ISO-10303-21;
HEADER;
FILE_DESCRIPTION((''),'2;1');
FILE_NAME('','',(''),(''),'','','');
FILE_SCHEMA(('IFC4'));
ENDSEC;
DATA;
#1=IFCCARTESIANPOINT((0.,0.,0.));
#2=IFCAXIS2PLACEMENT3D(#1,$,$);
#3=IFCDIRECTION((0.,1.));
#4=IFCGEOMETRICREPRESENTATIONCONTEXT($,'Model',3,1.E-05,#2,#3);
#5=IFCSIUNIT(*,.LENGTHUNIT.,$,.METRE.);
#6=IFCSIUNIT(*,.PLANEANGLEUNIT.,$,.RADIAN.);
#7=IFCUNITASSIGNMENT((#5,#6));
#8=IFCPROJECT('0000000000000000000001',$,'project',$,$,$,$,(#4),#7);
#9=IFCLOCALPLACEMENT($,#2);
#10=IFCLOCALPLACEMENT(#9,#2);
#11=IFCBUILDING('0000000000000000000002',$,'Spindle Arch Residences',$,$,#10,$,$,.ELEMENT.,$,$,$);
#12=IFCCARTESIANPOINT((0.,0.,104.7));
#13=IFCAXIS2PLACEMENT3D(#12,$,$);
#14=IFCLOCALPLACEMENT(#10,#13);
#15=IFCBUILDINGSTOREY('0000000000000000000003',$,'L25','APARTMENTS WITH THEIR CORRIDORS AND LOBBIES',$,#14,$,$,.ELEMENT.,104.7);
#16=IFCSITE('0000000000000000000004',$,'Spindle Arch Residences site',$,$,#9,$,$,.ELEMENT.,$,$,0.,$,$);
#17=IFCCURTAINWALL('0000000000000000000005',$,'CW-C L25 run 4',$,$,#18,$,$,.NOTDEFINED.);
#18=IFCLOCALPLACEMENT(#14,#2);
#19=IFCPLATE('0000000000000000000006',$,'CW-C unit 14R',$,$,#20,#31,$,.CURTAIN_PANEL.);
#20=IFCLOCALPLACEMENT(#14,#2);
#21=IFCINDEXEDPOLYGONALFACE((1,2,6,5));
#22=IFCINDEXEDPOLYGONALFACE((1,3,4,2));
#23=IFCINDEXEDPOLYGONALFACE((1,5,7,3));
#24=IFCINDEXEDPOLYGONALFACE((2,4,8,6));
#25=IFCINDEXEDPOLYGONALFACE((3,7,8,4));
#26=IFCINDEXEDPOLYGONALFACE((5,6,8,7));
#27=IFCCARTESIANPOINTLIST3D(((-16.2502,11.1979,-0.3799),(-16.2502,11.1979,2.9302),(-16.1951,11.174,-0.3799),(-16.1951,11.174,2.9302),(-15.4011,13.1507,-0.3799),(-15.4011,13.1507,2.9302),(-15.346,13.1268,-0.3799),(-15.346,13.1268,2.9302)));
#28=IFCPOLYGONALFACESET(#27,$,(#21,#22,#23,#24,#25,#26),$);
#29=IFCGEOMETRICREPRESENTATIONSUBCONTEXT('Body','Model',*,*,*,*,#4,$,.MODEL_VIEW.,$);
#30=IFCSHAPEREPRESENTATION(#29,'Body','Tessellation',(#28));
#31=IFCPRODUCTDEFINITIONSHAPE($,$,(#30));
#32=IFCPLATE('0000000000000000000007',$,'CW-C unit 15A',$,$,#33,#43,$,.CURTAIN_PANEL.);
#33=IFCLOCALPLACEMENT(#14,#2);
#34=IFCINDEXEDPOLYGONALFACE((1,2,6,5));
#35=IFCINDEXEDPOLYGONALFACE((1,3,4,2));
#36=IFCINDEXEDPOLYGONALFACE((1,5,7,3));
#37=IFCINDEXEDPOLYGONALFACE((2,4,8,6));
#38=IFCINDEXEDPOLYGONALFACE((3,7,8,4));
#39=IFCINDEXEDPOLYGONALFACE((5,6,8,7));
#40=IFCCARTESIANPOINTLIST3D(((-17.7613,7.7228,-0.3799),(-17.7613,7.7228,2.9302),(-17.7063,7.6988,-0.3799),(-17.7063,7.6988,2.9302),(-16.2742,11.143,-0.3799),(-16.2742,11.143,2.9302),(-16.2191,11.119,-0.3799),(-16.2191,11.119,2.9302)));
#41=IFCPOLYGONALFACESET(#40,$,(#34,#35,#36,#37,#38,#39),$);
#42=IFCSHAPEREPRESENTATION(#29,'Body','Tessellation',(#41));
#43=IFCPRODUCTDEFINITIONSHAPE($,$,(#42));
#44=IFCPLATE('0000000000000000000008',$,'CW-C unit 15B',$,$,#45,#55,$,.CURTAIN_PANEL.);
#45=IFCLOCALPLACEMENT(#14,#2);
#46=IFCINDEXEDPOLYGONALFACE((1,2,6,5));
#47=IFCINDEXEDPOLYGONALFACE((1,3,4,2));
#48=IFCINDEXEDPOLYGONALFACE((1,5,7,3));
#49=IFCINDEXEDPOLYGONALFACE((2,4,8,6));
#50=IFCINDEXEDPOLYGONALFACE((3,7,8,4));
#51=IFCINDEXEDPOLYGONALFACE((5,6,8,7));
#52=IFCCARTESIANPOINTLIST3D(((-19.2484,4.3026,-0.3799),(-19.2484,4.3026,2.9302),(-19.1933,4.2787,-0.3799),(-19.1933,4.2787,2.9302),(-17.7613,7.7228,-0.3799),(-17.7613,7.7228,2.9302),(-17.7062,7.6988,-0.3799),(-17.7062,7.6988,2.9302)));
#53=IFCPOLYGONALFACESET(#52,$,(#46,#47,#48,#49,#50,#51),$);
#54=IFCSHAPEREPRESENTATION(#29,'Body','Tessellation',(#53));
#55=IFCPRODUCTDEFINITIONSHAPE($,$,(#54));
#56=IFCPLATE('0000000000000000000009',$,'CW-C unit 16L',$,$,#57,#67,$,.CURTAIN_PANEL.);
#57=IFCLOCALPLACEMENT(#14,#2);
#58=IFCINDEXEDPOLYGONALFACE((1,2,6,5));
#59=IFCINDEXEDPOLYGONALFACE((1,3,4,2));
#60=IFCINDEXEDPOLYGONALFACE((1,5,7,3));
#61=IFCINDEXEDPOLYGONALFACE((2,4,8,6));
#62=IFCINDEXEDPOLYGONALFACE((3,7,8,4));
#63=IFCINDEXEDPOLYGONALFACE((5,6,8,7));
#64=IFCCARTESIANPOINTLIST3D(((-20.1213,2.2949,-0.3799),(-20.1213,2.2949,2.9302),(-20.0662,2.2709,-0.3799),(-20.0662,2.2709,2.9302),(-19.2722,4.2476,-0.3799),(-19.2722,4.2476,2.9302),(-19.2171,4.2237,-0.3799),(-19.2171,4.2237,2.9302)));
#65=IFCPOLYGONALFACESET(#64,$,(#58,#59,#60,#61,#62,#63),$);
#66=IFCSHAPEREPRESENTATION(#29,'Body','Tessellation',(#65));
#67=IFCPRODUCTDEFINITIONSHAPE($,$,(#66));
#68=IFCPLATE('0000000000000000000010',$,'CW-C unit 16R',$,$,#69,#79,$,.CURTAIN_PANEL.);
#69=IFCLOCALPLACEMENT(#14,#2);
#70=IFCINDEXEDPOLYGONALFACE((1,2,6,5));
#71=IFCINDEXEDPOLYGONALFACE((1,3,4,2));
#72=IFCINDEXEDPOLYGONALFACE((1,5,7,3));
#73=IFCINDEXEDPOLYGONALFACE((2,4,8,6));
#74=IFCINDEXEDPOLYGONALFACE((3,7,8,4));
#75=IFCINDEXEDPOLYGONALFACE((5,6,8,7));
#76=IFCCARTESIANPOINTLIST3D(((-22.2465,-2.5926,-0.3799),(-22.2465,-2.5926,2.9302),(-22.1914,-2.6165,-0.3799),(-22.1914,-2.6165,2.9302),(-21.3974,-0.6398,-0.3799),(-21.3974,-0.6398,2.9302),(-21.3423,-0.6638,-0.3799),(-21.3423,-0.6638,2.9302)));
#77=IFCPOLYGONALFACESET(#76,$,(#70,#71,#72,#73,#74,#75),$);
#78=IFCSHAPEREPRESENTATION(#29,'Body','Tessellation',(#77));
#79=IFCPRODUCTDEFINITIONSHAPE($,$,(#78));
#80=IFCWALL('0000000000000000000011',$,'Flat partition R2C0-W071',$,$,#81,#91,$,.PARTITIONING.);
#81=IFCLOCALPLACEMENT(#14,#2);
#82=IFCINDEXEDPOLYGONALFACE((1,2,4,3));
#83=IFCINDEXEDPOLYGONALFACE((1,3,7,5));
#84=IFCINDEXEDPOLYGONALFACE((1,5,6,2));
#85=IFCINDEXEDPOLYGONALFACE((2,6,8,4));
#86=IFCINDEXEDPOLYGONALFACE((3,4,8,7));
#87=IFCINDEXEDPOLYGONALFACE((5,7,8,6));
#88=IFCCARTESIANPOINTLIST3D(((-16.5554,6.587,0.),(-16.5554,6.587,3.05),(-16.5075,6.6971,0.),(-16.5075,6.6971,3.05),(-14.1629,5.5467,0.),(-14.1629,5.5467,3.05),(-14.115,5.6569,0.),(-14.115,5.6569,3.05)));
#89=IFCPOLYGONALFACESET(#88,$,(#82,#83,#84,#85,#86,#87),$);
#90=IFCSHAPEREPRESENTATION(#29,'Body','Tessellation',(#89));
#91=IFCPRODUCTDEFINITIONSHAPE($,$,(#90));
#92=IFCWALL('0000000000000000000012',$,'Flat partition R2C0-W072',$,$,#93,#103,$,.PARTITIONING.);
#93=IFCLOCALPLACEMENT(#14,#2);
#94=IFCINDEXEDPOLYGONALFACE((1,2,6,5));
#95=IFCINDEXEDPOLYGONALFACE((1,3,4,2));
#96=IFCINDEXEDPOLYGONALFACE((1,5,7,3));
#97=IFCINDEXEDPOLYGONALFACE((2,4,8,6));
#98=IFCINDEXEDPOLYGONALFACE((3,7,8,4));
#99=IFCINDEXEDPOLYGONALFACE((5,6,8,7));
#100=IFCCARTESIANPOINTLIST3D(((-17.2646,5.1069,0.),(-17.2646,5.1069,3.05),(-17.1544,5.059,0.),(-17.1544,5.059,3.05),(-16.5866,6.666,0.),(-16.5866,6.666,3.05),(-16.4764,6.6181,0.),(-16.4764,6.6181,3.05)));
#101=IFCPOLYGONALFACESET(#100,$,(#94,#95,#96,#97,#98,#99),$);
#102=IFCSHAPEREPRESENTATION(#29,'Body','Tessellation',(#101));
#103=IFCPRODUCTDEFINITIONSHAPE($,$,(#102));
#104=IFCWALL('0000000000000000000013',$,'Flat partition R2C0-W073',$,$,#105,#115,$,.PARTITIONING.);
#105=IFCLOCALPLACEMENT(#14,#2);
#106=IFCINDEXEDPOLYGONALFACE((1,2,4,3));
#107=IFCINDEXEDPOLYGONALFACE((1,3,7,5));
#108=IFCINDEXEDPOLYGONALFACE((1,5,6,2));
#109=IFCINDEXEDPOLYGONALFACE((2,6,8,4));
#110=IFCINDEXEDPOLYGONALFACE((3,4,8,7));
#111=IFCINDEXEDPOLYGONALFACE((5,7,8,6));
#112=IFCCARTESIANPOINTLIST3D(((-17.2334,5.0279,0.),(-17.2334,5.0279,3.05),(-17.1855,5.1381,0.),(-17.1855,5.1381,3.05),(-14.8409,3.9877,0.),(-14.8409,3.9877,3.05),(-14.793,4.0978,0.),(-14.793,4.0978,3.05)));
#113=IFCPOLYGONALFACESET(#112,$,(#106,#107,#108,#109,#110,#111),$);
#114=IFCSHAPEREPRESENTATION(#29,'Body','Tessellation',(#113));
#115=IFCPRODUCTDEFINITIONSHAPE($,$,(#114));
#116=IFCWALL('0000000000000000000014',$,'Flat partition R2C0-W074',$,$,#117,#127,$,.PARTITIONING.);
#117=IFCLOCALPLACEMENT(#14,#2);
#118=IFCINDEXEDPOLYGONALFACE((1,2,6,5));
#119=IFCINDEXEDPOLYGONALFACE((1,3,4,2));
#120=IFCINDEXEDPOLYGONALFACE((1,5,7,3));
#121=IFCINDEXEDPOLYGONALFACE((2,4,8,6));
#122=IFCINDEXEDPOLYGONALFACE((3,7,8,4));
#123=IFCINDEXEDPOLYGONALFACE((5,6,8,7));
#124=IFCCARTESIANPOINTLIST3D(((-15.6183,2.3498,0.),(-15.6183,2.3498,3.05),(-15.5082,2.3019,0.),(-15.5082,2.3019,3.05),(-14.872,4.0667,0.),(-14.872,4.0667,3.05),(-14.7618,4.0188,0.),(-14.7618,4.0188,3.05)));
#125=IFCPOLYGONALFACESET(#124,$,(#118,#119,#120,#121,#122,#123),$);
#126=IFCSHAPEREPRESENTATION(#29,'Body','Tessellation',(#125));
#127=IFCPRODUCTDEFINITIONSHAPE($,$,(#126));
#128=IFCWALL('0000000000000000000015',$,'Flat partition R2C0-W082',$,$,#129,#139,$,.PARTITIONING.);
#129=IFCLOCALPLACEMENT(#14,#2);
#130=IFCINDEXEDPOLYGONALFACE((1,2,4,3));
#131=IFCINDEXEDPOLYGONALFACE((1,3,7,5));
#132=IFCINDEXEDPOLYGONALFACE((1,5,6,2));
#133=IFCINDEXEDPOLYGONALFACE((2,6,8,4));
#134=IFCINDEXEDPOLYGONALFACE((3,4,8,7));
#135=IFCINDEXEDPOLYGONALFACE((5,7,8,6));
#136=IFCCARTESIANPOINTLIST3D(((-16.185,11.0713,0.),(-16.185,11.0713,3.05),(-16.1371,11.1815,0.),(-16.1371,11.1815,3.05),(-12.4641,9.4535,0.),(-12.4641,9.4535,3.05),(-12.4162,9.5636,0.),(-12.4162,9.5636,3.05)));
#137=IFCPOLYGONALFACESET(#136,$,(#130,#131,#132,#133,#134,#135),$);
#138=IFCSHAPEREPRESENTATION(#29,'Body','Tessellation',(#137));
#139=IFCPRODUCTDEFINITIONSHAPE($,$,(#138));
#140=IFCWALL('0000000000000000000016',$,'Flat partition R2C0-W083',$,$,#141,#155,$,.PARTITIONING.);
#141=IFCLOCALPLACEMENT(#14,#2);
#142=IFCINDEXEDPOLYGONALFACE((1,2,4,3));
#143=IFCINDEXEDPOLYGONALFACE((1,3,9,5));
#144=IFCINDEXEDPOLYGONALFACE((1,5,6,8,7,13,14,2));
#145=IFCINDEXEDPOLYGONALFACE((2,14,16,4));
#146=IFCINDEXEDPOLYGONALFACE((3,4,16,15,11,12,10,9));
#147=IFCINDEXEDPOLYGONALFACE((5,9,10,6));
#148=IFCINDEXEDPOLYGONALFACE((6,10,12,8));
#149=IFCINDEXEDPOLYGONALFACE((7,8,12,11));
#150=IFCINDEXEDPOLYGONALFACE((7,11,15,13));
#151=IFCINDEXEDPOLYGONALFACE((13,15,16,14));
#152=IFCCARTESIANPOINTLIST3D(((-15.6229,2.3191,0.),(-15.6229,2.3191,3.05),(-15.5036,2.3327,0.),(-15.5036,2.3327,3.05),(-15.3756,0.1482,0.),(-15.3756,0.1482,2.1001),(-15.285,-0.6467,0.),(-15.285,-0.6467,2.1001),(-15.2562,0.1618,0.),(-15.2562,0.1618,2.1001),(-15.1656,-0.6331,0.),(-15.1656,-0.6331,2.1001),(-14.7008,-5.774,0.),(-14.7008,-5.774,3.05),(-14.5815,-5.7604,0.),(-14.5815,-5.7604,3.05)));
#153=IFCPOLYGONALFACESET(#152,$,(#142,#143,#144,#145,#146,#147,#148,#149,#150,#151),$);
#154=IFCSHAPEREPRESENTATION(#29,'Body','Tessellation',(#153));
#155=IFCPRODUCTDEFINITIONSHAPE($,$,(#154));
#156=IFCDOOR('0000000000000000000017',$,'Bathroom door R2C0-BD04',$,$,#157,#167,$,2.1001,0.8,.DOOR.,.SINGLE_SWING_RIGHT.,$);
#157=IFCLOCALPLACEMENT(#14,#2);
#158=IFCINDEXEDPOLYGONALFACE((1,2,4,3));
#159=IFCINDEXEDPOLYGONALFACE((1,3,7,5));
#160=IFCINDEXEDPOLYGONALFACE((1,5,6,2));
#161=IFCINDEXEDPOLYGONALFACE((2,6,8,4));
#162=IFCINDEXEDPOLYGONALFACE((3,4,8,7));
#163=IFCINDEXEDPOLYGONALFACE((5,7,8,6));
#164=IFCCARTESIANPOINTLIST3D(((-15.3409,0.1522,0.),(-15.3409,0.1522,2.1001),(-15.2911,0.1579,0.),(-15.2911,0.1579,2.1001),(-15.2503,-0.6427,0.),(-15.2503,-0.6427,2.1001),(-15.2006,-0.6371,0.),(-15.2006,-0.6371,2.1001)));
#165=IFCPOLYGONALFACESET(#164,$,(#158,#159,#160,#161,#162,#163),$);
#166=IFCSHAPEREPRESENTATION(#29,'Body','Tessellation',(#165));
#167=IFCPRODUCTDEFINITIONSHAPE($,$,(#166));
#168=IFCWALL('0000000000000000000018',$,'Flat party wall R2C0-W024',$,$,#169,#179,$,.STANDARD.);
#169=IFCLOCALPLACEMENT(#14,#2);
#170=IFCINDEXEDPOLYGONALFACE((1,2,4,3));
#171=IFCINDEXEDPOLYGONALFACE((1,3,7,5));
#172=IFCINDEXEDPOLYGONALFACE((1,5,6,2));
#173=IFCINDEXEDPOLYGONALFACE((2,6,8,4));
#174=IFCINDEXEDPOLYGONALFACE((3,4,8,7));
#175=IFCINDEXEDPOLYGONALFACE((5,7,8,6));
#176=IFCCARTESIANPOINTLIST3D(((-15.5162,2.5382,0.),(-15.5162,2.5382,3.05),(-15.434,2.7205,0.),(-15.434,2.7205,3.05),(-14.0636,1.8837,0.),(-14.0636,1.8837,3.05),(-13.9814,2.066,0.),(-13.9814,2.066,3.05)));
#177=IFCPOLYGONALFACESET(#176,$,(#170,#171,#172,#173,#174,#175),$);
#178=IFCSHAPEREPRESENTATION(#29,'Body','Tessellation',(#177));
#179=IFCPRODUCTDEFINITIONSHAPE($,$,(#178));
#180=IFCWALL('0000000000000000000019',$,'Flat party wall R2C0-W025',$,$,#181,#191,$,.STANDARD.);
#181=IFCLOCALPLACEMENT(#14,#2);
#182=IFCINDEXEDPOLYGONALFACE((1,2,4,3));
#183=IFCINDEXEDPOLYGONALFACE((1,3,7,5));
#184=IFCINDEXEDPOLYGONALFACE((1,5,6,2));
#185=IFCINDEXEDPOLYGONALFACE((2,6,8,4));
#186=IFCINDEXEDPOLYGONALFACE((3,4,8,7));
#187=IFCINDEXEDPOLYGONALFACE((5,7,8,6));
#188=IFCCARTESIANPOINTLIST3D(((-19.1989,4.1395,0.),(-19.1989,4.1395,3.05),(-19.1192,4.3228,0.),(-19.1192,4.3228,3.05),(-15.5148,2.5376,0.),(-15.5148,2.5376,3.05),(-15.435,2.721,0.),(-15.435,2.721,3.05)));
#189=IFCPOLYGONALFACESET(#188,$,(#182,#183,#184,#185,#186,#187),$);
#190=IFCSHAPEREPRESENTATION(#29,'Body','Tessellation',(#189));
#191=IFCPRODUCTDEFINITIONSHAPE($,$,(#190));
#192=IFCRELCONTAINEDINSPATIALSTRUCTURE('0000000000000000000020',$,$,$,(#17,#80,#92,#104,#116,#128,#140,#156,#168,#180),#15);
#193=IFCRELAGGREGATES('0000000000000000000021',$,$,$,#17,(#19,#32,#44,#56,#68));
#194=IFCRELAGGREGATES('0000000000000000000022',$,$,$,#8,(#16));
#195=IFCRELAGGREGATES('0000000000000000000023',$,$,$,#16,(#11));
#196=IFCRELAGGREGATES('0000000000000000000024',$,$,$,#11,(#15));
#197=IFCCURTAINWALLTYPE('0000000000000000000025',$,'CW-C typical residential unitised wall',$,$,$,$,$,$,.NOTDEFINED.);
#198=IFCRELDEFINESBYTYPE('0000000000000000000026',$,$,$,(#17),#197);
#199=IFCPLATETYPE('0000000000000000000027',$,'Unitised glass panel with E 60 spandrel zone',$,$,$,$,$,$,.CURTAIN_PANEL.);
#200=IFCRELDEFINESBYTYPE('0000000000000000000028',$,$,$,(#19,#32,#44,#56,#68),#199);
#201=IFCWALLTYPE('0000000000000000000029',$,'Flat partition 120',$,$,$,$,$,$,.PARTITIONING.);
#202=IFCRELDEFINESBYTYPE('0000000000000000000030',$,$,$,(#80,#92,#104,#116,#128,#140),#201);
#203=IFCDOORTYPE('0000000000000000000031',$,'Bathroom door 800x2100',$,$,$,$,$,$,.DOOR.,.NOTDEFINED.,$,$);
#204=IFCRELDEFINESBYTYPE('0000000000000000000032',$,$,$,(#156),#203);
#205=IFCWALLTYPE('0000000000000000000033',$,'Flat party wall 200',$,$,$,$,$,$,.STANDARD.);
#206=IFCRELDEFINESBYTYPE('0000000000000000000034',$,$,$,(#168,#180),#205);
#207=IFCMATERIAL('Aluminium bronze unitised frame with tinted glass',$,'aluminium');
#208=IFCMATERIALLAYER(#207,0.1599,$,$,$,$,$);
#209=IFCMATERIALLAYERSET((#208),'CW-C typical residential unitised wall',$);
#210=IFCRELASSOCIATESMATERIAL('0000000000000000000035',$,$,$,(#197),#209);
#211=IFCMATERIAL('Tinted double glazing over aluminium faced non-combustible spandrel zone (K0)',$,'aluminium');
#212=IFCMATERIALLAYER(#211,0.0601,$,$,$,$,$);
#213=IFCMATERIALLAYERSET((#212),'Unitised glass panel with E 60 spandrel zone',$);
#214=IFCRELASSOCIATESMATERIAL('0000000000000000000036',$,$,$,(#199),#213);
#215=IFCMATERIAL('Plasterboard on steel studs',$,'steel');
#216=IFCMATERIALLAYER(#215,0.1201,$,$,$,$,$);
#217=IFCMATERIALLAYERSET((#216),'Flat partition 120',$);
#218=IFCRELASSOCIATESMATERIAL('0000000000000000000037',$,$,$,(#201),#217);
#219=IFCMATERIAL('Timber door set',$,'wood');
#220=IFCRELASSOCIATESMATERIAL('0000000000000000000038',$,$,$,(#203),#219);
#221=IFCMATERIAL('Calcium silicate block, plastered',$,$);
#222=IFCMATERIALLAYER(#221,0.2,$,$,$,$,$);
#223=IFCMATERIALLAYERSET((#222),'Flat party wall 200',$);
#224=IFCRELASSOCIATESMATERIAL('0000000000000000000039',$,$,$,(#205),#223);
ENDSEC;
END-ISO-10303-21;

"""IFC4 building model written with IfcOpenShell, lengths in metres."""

from ifc_helpers import new_model, si_unit, direction, frame, frame_2d, origin, origin_2d, place, context, subcontext, project, spatial, rectangle, extrude, material, layer, layer_set, type_object, element, fill, aggregate, save


model = new_model("IFC4")

# Units and contexts
model_context = context("Model", 3, precision=1e-05, world=origin(), true_north=direction((0.0, 1.0)))
body_context = subcontext(model_context, "Body", "Model", "MODEL_VIEW")
ifc_project = project(units=[si_unit("LENGTHUNIT", "METRE"), si_unit("PLANEANGLEUNIT", "RADIAN")], contexts=[model_context])

# Site, building, storey
site_placement = place(None, origin())
site = spatial("IfcSite", under=ifc_project, at=site_placement, Name="Spindle Arch Residences site", CompositionType="ELEMENT", RefElevation=0.0)
building_placement = place(site_placement, origin())
building = spatial("IfcBuilding", under=site, at=building_placement, Name="Spindle Arch Residences", CompositionType="ELEMENT")
storey_placement = place(building_placement, frame((0.0, 0.0, 104.7)))
storey = spatial("IfcBuildingStorey", under=building, at=storey_placement, Name="L25", Description="APARTMENTS WITH THEIR CORRIDORS AND LOBBIES", CompositionType="ELEMENT", Elevation=104.7)

# Curtain wall
ifc_material_1 = material(Name="Aluminium bronze unitised frame with tinted glass", Category="aluminium")
ifc_layer_1 = layer(ifc_material_1, 0.1599)
ifc_layer_set_1 = layer_set([ifc_layer_1], Name="CW-C typical residential unitised wall")
curtain_wall_type = type_object("IfcCurtainWallType", Name="CW-C typical residential unitised wall", PredefinedType="NOTDEFINED", material=ifc_layer_set_1)
curtain_wall_placement = place(storey_placement, origin())
curtain_wall = element("IfcCurtainWall", 1, at=curtain_wall_placement, inside=storey, type_object=curtain_wall_type, Name="CW-C L25 run 4", PredefinedType="NOTDEFINED")

# Plates
ifc_material_2 = material(Name="Tinted double glazing over aluminium faced non-combustible spandrel zone (K0)", Category="aluminium")
ifc_layer_2 = layer(ifc_material_2, 0.0601)
ifc_layer_set_2 = layer_set([ifc_layer_2], Name="Unitised glass panel with E 60 spandrel zone")
plate_type = type_object("IfcPlateType", Name="Unitised glass panel with E 60 spandrel zone", PredefinedType="CURTAIN_PANEL", material=ifc_layer_set_2)
plate_1_placement = place(storey_placement, frame((-15.7981, 12.1624, -0.3799), z_axis=(0.0, 0.0, 1.0), x_axis=(-0.398749, -0.91706, 0.0)))
plate_1 = element("IfcPlate", 2, at=plate_1_placement, type_object=plate_type, Name="CW-C unit 14R", PredefinedType="CURTAIN_PANEL", context=body_context, shape_type="SweptSolid", body=[
    extrude(rectangle(XDim=2.1294, YDim=0.0601, at=origin_2d()), origin(), (0.0, 0.0, 1.0), 3.3101),
])
plate_2_placement = place(storey_placement, frame((-16.9902, 9.4209, -0.3799), z_axis=(0.0, 0.0, 1.0), x_axis=(-0.398749, -0.91706, 0.0)))
plate_2 = element("IfcPlate", 3, at=plate_2_placement, type_object=plate_type, Name="CW-C unit 15A", PredefinedType="CURTAIN_PANEL", context=body_context, shape_type="SweptSolid", body=[
    extrude(rectangle(XDim=3.7295, YDim=0.0601, at=origin_2d()), origin(), (0.0, 0.0, 1.0), 3.3101),
])
plate_3_placement = place(storey_placement, frame((-18.4773, 6.0007, -0.3799), z_axis=(0.0, 0.0, 1.0), x_axis=(-0.398749, -0.91706, 0.0)))
plate_3 = element("IfcPlate", 4, at=plate_3_placement, type_object=plate_type, Name="CW-C unit 15B", PredefinedType="CURTAIN_PANEL", context=body_context, shape_type="SweptSolid", body=[
    extrude(rectangle(XDim=3.7295, YDim=0.0601, at=origin_2d()), origin(), (0.0, 0.0, 1.0), 3.3101),
])
plate_4_placement = place(storey_placement, frame((-19.6692, 3.2593, -0.3799), z_axis=(0.0, 0.0, 1.0), x_axis=(-0.398749, -0.91706, 0.0)))
plate_4 = element("IfcPlate", 5, at=plate_4_placement, type_object=plate_type, Name="CW-C unit 16L", PredefinedType="CURTAIN_PANEL", context=body_context, shape_type="SweptSolid", body=[
    extrude(rectangle(XDim=2.1294, YDim=0.0601, at=origin_2d()), origin(), (0.0, 0.0, 1.0), 3.3101),
])
plate_5_placement = place(storey_placement, frame((-21.7944, -1.6282, -0.3799), z_axis=(0.0, 0.0, 1.0), x_axis=(-0.398749, -0.91706, 0.0)))
plate_5 = element("IfcPlate", 6, at=plate_5_placement, type_object=plate_type, Name="CW-C unit 16R", PredefinedType="CURTAIN_PANEL", context=body_context, shape_type="SweptSolid", body=[
    extrude(rectangle(XDim=2.1294, YDim=0.0601, at=origin_2d()), origin(), (0.0, 0.0, 1.0), 3.3101),
])
aggregate(curtain_wall, [plate_1, plate_2, plate_3, plate_4, plate_5])

# Walls
ifc_material_3 = material(Name="Plasterboard on steel studs", Category="steel")
ifc_layer_3 = layer(ifc_material_3, 0.1201)
ifc_layer_set_3 = layer_set([ifc_layer_3], Name="Flat partition 120")
wall_type_1 = type_object("IfcWallType", Name="Flat partition 120", PredefinedType="PARTITIONING", material=ifc_layer_set_3)
wall_1_placement = place(storey_placement, frame((-14.1389, 5.6018, 0.0), z_axis=(0.0, 0.0, 1.0), x_axis=(-0.917066, 0.398736, 0.0)))
element("IfcWall", 7, at=wall_1_placement, inside=storey, type_object=wall_type_1, Name="Flat partition R2C0-W071", PredefinedType="PARTITIONING", context=body_context, shape_type="SweptSolid", body=[
    extrude(rectangle(XDim=2.6089, YDim=0.1201, at=frame_2d((1.3044, 0.0))), origin(), (0.0, 0.0, 1.0), 3.05),
])
wall_2_placement = place(storey_placement, frame((-16.5315, 6.6421, 0.0), z_axis=(0.0, 0.0, 1.0), x_axis=(-0.398784, -0.917045, 0.0)))
element("IfcWall", 8, at=wall_2_placement, inside=storey, type_object=wall_type_1, Name="Flat partition R2C0-W072", PredefinedType="PARTITIONING", context=body_context, shape_type="SweptSolid", body=[
    extrude(rectangle(XDim=1.7002, YDim=0.1201, at=frame_2d((0.8501, 0.0))), origin(), (0.0, 0.0, 1.0), 3.05),
])
wall_3_placement = place(storey_placement, frame((-17.2095, 5.083, 0.0), z_axis=(0.0, 0.0, 1.0), x_axis=(0.917066, -0.398736, 0.0)))
element("IfcWall", 9, at=wall_3_placement, inside=storey, type_object=wall_type_1, Name="Flat partition R2C0-W073", PredefinedType="PARTITIONING", context=body_context, shape_type="SweptSolid", body=[
    extrude(rectangle(XDim=2.6089, YDim=0.1201, at=frame_2d((1.3044, 0.0))), origin(), (0.0, 0.0, 1.0), 3.05),
])
wall_4_placement = place(storey_placement, frame((-14.8169, 4.0427, 0.0), z_axis=(0.0, 0.0, 1.0), x_axis=(-0.398683, -0.917089, 0.0)))
element("IfcWall", 10, at=wall_4_placement, inside=storey, type_object=wall_type_1, Name="Flat partition R2C0-W074", PredefinedType="PARTITIONING", context=body_context, shape_type="SweptSolid", body=[
    extrude(rectangle(XDim=1.8721, YDim=0.1201, at=frame_2d((0.936, 0.0))), origin(), (0.0, 0.0, 1.0), 3.05),
])
wall_5_placement = place(storey_placement, frame((-16.1611, 11.1265, 0.0), z_axis=(0.0, 0.0, 1.0), x_axis=(0.91706, -0.39875, 0.0)))
element("IfcWall", 11, at=wall_5_placement, inside=storey, type_object=wall_type_1, Name="Flat partition R2C0-W082", PredefinedType="PARTITIONING", context=body_context, shape_type="SweptSolid", body=[
    extrude(rectangle(XDim=4.0574, YDim=0.1201, at=frame_2d((2.0288, 0.0))), origin(), (0.0, 0.0, 1.0), 3.05),
])

# Wall, opening, door
wall_6_placement = place(storey_placement, frame((-15.5632, 2.3259, 0.0), z_axis=(0.0, 0.0, 1.0), x_axis=(0.113204, -0.993572, 0.0)))
wall_6 = element("IfcWall", 12, at=wall_6_placement, inside=storey, type_object=wall_type_1, Name="Flat partition R2C0-W083", PredefinedType="PARTITIONING", context=body_context, shape_type="SweptSolid", body=[
    extrude(rectangle(XDim=8.1455, YDim=0.1201, at=frame_2d((4.0728, 0.0))), origin(), (0.0, 0.0, 1.0), 3.05),
])
opening_1_placement = place(wall_6_placement, frame((2.1851, 0.0, 0.0)))
opening_1 = element("IfcOpeningElement", 13, at=opening_1_placement, cuts=wall_6, PredefinedType="OPENING", context=body_context, shape_type="SweptSolid", body=[
    extrude(rectangle(XDim=0.8, YDim=2.1001, at=frame_2d((0.3999, 1.05))), frame((0.0, 0.0701, 0.0), z_axis=(0.0, -1.0, 0.0), x_axis=(1.0, 0.0, 0.0)), (0.0, 0.0, 1.0), 0.1401),
])
ifc_material_4 = material(Name="Timber door set", Category="wood")
door_type_1 = type_object("IfcDoorType", Name="Bathroom door 800x2100", OperationType="NOTDEFINED", PredefinedType="DOOR", material=ifc_material_4)
door_1_placement = place(opening_1_placement, origin())
door_1 = element("IfcDoor", 14, at=door_1_placement, inside=storey, type_object=door_type_1, Name="Bathroom door R2C0-BD04", OperationType="SINGLE_SWING_RIGHT", OverallHeight=2.1001, OverallWidth=0.8, PredefinedType="DOOR", context=body_context, shape_type="SweptSolid", body=[
    extrude(rectangle(XDim=0.8, YDim=2.1001, at=frame_2d((0.3999, 1.05))), frame((0.0, 0.0249, 0.0), z_axis=(0.0, -1.0, 0.0), x_axis=(1.0, 0.0, 0.0)), (0.0, 0.0, 1.0), 0.05),
])
fill(opening_1, door_1)

# Walls
ifc_material_5 = material(Name="Calcium silicate block, plastered")
ifc_layer_4 = layer(ifc_material_5, 0.2)
ifc_layer_set_4 = layer_set([ifc_layer_4], Name="Flat party wall 200")
wall_type_2 = type_object("IfcWallType", Name="Flat party wall 200", PredefinedType="STANDARD", material=ifc_layer_set_4)
wall_7_placement = place(storey_placement, frame((-15.4751, 2.6294, 0.0), z_axis=(0.0, 0.0, 1.0), x_axis=(0.911721, -0.410811, 0.0)))
element("IfcWall", 15, at=wall_7_placement, inside=storey, type_object=wall_type_2, Name="Flat party wall R2C0-W024", PredefinedType="STANDARD", context=body_context, shape_type="SweptSolid", body=[
    extrude(rectangle(XDim=1.5933, YDim=0.2, at=frame_2d((0.7966, 0.0))), origin(), (0.0, 0.0, 1.0), 3.05),
])
wall_8_placement = place(storey_placement, frame((-19.1592, 4.2312, 0.0), z_axis=(0.0, 0.0, 1.0), x_axis=(0.917067, -0.398733, 0.0)))
element("IfcWall", 16, at=wall_8_placement, inside=storey, type_object=wall_type_2, Name="Flat party wall R2C0-W025", PredefinedType="STANDARD", context=body_context, shape_type="SweptSolid", body=[
    extrude(rectangle(XDim=4.0173, YDim=0.2, at=frame_2d((2.0088, 0.0))), origin(), (0.0, 0.0, 1.0), 3.05),
])

save(model, "model.ifc")
